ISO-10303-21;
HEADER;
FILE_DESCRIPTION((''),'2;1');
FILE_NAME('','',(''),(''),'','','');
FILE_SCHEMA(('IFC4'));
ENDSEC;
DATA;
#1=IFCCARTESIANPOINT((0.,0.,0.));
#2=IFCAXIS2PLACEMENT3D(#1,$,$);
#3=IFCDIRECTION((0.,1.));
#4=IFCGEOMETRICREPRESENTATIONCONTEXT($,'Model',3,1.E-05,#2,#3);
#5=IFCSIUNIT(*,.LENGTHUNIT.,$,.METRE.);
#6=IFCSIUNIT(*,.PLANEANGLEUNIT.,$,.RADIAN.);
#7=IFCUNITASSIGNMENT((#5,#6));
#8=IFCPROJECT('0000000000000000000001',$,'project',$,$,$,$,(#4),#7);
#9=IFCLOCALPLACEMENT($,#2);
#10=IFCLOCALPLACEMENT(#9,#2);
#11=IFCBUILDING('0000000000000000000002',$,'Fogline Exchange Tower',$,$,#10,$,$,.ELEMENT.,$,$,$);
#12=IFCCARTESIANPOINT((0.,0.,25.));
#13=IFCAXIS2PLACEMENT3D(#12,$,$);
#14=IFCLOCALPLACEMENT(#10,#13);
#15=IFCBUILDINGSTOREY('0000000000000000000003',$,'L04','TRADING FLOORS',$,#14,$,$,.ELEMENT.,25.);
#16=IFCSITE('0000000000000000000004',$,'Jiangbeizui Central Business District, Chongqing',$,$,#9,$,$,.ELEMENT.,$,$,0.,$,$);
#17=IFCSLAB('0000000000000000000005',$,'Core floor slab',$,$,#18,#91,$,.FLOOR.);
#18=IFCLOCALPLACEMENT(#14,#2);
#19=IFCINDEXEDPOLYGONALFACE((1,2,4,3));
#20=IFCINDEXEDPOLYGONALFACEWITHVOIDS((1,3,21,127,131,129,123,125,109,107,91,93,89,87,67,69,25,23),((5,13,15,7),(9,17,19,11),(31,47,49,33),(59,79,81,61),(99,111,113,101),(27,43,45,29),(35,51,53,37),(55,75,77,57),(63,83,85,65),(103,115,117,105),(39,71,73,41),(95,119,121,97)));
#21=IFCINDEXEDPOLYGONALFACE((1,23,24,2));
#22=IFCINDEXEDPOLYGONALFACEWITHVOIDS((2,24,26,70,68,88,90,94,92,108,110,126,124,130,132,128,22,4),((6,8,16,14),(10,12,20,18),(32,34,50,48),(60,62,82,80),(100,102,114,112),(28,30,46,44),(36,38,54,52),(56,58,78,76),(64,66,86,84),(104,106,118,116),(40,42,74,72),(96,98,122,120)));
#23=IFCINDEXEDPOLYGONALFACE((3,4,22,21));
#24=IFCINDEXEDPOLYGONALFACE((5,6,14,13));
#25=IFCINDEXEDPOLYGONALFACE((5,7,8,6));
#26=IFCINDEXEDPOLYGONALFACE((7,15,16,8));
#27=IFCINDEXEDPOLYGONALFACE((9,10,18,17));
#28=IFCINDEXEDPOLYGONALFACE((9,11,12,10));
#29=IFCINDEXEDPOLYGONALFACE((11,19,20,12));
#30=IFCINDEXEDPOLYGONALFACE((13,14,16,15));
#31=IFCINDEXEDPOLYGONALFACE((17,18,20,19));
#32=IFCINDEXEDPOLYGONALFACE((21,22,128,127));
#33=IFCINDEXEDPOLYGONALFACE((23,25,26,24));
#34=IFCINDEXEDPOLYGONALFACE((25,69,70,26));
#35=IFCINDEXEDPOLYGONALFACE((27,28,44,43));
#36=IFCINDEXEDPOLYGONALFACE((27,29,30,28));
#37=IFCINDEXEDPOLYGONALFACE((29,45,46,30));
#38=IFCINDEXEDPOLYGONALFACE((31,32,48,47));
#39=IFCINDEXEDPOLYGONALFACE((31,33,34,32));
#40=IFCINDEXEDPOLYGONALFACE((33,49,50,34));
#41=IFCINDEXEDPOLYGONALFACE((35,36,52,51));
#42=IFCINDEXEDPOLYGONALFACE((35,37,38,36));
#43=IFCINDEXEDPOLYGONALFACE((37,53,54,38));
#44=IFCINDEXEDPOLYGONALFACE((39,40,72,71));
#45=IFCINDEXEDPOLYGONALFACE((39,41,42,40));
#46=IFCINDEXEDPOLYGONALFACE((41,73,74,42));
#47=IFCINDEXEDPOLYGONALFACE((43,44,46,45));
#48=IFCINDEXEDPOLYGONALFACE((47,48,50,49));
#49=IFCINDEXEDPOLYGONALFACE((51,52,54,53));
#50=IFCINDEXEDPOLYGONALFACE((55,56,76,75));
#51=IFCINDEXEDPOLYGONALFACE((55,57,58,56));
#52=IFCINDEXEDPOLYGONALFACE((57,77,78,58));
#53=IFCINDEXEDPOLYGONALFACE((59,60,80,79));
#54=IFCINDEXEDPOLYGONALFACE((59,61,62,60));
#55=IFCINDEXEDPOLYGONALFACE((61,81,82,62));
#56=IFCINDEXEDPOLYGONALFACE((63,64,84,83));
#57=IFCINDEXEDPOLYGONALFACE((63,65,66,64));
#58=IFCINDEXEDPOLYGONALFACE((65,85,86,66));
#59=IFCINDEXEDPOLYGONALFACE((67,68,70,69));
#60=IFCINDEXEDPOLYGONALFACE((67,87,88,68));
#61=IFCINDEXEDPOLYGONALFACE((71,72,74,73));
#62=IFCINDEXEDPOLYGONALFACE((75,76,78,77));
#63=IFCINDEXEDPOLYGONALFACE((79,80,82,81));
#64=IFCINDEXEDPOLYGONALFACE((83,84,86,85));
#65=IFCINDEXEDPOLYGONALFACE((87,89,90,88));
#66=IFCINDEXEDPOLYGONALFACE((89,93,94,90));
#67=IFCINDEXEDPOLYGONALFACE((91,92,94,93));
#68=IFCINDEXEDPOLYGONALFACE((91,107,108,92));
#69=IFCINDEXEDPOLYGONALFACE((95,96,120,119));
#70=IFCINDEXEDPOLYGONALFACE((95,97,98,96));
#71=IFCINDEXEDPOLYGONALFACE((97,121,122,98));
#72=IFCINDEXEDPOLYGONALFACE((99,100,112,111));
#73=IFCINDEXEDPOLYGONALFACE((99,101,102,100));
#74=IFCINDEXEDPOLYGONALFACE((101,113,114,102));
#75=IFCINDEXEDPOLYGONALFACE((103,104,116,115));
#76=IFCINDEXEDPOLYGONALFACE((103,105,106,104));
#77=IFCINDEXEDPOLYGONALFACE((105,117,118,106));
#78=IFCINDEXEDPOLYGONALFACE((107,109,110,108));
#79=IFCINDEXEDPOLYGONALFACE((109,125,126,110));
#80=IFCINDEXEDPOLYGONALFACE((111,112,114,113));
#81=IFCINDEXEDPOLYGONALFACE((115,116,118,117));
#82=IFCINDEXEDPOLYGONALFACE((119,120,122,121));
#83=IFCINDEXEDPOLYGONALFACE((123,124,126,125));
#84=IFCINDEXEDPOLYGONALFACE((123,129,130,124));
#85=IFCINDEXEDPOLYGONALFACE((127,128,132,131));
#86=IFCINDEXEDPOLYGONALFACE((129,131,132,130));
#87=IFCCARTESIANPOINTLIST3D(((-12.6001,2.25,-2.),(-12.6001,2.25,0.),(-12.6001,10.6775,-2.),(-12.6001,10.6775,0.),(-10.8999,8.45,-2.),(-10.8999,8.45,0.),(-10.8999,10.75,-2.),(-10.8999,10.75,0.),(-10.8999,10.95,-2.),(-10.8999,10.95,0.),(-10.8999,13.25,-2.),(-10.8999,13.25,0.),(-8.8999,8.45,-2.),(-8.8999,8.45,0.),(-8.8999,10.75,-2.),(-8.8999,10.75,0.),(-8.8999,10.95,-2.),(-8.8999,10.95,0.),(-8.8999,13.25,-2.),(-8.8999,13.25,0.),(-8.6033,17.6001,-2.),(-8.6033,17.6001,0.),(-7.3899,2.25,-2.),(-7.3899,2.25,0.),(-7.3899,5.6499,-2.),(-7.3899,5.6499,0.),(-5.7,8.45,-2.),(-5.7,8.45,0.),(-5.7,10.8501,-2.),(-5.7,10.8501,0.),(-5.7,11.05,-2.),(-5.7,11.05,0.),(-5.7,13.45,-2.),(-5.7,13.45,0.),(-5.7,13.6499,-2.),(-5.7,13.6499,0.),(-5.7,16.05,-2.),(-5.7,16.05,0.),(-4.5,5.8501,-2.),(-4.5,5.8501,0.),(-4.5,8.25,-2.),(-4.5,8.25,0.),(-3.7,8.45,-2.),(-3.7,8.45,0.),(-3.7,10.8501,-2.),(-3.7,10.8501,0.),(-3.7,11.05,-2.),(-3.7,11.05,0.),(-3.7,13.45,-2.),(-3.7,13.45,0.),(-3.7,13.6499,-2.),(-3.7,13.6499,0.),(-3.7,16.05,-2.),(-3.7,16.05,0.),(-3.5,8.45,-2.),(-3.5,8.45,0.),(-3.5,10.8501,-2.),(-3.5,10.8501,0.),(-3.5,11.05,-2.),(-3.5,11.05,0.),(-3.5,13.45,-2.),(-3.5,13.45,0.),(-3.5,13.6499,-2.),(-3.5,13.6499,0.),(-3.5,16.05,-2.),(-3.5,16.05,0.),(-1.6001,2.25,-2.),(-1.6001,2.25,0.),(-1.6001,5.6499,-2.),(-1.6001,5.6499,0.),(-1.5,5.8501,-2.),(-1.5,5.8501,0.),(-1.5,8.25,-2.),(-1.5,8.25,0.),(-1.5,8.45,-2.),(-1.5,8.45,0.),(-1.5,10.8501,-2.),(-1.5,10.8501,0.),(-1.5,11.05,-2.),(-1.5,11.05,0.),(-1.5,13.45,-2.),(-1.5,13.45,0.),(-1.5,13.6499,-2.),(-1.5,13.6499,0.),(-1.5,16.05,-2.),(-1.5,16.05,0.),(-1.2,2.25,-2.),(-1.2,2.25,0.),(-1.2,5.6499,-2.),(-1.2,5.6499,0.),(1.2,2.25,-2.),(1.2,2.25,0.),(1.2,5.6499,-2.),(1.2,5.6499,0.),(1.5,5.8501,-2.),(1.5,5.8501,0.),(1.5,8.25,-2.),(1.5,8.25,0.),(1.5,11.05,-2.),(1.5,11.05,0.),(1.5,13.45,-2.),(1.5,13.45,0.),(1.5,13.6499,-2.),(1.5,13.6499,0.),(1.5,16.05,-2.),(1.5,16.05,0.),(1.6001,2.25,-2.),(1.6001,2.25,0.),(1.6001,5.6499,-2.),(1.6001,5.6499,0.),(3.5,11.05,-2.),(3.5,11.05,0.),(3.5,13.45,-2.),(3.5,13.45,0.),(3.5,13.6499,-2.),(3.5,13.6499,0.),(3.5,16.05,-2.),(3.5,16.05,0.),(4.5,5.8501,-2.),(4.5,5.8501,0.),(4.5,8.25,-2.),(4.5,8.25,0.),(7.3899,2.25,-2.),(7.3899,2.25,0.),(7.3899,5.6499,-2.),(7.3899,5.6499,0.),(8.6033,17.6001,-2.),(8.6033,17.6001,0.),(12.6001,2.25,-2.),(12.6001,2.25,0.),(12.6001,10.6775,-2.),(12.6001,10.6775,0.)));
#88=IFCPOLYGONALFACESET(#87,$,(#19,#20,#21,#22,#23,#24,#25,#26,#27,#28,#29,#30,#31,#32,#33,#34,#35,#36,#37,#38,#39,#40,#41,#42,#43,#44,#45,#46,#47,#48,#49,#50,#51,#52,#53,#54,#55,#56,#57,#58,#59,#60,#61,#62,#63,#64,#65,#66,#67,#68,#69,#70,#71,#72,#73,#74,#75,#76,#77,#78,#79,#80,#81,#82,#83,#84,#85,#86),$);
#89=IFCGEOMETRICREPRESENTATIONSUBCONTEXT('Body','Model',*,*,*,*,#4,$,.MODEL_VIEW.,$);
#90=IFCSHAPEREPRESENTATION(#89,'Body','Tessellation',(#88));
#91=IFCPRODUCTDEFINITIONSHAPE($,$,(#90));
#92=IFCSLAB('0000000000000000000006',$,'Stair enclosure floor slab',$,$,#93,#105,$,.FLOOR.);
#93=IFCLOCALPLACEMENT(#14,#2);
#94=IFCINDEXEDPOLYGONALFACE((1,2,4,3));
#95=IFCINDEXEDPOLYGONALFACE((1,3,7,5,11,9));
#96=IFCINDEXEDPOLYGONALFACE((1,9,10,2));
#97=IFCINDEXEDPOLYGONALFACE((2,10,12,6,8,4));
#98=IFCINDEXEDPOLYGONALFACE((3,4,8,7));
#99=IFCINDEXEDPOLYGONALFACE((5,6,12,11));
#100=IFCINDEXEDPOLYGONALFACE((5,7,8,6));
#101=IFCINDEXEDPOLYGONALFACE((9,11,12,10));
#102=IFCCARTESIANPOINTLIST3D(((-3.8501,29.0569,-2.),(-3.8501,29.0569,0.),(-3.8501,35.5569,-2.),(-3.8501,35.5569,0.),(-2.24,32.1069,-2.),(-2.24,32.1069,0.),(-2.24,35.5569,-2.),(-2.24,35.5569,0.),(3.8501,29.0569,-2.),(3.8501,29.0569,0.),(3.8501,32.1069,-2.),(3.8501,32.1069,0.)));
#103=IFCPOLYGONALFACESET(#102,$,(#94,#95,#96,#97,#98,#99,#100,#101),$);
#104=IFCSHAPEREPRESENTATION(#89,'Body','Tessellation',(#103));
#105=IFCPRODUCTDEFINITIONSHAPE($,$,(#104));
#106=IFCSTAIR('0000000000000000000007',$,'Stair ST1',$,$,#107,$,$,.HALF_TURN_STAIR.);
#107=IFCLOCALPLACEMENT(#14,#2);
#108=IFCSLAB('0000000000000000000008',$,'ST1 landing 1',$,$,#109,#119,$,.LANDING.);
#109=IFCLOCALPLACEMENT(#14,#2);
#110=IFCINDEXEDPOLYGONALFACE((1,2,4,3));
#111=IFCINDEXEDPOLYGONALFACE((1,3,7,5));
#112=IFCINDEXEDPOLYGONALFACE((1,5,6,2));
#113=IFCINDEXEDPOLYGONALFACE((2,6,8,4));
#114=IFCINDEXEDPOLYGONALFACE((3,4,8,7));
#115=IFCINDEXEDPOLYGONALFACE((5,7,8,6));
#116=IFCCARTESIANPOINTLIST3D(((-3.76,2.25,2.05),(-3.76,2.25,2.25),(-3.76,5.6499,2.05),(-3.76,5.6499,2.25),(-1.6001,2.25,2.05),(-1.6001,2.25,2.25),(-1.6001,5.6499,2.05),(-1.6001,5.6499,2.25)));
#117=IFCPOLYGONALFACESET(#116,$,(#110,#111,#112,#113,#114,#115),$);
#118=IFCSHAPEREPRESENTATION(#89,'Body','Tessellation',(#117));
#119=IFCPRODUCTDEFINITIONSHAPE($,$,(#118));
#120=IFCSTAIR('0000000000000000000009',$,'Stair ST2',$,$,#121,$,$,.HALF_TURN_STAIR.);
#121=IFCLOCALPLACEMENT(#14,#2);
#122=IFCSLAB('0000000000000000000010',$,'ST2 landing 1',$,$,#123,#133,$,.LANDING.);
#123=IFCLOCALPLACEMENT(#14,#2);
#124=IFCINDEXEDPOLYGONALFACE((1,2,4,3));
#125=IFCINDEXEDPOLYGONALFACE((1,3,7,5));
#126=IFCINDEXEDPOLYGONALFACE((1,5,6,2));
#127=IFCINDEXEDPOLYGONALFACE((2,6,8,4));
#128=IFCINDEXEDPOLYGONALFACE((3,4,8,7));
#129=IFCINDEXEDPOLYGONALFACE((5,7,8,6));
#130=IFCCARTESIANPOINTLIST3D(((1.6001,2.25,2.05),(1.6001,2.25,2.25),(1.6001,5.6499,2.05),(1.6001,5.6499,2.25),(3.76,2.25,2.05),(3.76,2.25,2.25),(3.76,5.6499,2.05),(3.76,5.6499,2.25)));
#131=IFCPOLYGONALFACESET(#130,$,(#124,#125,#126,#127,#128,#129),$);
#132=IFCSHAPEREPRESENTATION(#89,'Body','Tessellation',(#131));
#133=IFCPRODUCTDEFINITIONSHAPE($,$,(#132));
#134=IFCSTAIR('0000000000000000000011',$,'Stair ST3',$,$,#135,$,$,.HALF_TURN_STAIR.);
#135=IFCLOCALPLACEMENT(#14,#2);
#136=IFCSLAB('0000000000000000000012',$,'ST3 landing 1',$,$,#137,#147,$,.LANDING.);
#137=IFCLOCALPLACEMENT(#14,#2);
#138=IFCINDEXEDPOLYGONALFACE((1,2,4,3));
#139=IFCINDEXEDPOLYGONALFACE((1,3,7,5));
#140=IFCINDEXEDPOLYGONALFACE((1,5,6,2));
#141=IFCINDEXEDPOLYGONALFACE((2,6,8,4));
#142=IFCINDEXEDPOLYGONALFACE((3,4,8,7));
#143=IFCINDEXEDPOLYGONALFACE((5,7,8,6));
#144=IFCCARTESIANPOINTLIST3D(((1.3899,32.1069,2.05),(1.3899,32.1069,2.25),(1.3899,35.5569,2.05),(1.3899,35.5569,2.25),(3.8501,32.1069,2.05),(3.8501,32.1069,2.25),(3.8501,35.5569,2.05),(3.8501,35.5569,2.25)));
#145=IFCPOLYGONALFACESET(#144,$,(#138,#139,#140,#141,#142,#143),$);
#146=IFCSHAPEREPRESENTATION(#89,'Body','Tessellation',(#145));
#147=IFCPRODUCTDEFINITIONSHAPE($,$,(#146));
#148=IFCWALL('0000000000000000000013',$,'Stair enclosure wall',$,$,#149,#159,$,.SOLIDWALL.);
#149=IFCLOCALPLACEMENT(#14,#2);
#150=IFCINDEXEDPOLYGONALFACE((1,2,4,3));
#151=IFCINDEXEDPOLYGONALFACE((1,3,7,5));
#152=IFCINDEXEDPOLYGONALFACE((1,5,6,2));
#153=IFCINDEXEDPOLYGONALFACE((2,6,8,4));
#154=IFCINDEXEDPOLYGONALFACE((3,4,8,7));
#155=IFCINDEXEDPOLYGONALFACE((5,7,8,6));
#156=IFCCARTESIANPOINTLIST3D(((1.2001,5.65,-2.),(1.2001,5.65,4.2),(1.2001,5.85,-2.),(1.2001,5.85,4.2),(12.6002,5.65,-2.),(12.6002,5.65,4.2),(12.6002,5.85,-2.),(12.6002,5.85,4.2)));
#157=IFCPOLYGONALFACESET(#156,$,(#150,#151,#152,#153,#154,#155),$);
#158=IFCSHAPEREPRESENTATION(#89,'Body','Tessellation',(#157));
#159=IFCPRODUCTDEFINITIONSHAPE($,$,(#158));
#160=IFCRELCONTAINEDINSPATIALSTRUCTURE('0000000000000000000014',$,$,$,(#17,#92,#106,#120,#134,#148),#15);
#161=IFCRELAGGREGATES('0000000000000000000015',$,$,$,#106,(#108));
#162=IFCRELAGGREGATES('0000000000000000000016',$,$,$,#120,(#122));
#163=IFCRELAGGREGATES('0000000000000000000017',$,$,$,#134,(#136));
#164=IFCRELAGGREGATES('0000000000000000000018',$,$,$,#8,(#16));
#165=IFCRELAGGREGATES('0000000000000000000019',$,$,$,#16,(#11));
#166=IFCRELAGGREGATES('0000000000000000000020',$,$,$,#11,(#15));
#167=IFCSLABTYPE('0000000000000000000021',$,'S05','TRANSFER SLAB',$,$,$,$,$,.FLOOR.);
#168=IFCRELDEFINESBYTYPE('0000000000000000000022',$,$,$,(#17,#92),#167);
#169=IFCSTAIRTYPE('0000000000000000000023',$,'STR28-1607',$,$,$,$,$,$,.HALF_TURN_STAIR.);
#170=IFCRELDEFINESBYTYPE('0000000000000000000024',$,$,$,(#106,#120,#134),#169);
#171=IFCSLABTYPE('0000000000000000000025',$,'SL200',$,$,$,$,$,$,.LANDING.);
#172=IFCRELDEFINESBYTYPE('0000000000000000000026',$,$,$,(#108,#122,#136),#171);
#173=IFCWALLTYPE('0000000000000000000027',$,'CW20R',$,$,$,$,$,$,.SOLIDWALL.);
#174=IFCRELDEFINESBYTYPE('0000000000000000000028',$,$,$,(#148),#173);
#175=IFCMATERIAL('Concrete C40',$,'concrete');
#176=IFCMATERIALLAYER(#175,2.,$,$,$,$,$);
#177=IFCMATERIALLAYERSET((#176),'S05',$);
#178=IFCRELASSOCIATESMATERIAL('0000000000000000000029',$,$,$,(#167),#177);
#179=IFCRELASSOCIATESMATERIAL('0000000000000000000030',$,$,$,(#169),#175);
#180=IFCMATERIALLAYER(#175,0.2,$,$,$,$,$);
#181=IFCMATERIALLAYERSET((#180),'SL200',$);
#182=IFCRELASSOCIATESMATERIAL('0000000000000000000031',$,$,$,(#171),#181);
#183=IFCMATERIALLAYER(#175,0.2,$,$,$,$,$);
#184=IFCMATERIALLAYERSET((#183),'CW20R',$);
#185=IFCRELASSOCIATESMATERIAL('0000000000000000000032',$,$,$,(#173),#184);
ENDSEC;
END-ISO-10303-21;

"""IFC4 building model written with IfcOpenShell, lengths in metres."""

from ifc_helpers import new_model, si_unit, direction, frame, frame_2d, origin, place, context, subcontext, project, spatial, polyline, rectangle, outline, extrude, material, layer, layer_set, type_object, element, aggregate, save


model = new_model("IFC4")

# Units and contexts
model_context = context("Model", 3, precision=1e-05, world=origin(), true_north=direction((0.0, 1.0)))
body_context = subcontext(model_context, "Body", "Model", "MODEL_VIEW")
ifc_project = project(units=[si_unit("LENGTHUNIT", "METRE"), si_unit("PLANEANGLEUNIT", "RADIAN")], contexts=[model_context])

# Site, building, storey
site_placement = place(None, origin())
site = spatial("IfcSite", under=ifc_project, at=site_placement, Name="Jiangbeizui Central Business District, Chongqing", CompositionType="ELEMENT", RefElevation=0.0)
building_placement = place(site_placement, origin())
building = spatial("IfcBuilding", under=site, at=building_placement, Name="Fogline Exchange Tower", CompositionType="ELEMENT")
storey_placement = place(building_placement, frame((0.0, 0.0, 25.0)))
storey = spatial("IfcBuildingStorey", under=building, at=storey_placement, Name="L04", Description="TRADING FLOORS", CompositionType="ELEMENT", Elevation=25.0)

# Shared definitions
ifc_material_1 = material(Name="Concrete C40", Category="concrete")

# Slabs
ifc_layer_1 = layer(ifc_material_1, 2.0)
ifc_layer_set_1 = layer_set([ifc_layer_1], Name="S05")
slab_type_1 = type_object("IfcSlabType", Name="S05", Description="TRANSFER SLAB", PredefinedType="FLOOR", material=ifc_layer_set_1)
slab_1_placement = place(storey_placement, frame((0.0, 0.0, -2.0)))
element("IfcSlab", 1, at=slab_1_placement, inside=storey, type_object=slab_type_1, Name="Core floor slab", PredefinedType="FLOOR", context=body_context, shape_type="SweptSolid", body=[
    extrude(outline(polyline([(-12.6001, 2.25), (-12.6001, 10.6775), (-8.6033, 17.6001), (8.6033, 17.6001), (12.6001, 10.6775), (12.6001, 2.25), (7.3899, 2.25), (7.3899, 5.6499), (1.6001, 5.6499), (1.6001, 2.25), (1.2, 2.25), (1.2, 5.6499), (-1.2, 5.6499), (-1.2, 2.25), (-1.6001, 2.25), (-1.6001, 5.6499), (-7.3899, 5.6499), (-7.3899, 2.25), (-12.6001, 2.25)]), holes=[polyline([(-1.5, 8.25), (-4.5, 8.25), (-4.5, 5.8501), (-1.5, 5.8501), (-1.5, 8.25)]), polyline([(-8.8999, 10.75), (-10.8999, 10.75), (-10.8999, 8.45), (-8.8999, 8.45), (-8.8999, 10.75)]), polyline([(-3.7, 10.8501), (-5.7, 10.8501), (-5.7, 8.45), (-3.7, 8.45), (-3.7, 10.8501)]), polyline([(-1.5, 10.8501), (-3.5, 10.8501), (-3.5, 8.45), (-1.5, 8.45), (-1.5, 10.8501)]), polyline([(-8.8999, 13.25), (-10.8999, 13.25), (-10.8999, 10.95), (-8.8999, 10.95), (-8.8999, 13.25)]), polyline([(-3.7, 13.45), (-5.7, 13.45), (-5.7, 11.05), (-3.7, 11.05), (-3.7, 13.45)]), polyline([(-3.7, 16.05), (-5.7, 16.05), (-5.7, 13.6499), (-3.7, 13.6499), (-3.7, 16.05)]), polyline([(4.5, 8.25), (1.5, 8.25), (1.5, 5.8501), (4.5, 5.8501), (4.5, 8.25)]), polyline([(-1.5, 13.45), (-3.5, 13.45), (-3.5, 11.05), (-1.5, 11.05), (-1.5, 13.45)]), polyline([(3.5, 13.45), (1.5, 13.45), (1.5, 11.05), (3.5, 11.05), (3.5, 13.45)]), polyline([(-1.5, 16.05), (-3.5, 16.05), (-3.5, 13.6499), (-1.5, 13.6499), (-1.5, 16.05)]), polyline([(3.5, 16.05), (1.5, 16.05), (1.5, 13.6499), (3.5, 13.6499), (3.5, 16.05)])]), origin(), (0.0, 0.0, 1.0), 2.0),
])
slab_2_placement = place(storey_placement, frame((0.0, 0.0, -2.0)))
element("IfcSlab", 2, at=slab_2_placement, inside=storey, type_object=slab_type_1, Name="Stair enclosure floor slab", PredefinedType="FLOOR", context=body_context, shape_type="SweptSolid", body=[
    extrude(outline(polyline([(3.8501, 29.0569), (-3.8501, 29.0569), (-3.8501, 35.5569), (-2.24, 35.5569), (-2.24, 32.1069), (3.8501, 32.1069), (3.8501, 29.0569)])), origin(), (0.0, 0.0, 1.0), 2.0),
])

# Stairs, slabs
stair_type = type_object("IfcStairType", Name="STR28-1607", PredefinedType="HALF_TURN_STAIR", material=ifc_material_1)
stair_1_placement = place(storey_placement, origin())
stair_1 = element("IfcStair", 3, at=stair_1_placement, inside=storey, type_object=stair_type, Name="Stair ST1", PredefinedType="HALF_TURN_STAIR")
ifc_layer_2 = layer(ifc_material_1, 0.2)
ifc_layer_set_2 = layer_set([ifc_layer_2], Name="SL200")
slab_type_2 = type_object("IfcSlabType", Name="SL200", PredefinedType="LANDING", material=ifc_layer_set_2)
slab_3_placement = place(storey_placement, frame((0.0, 0.0, 2.05)))
slab_3 = element("IfcSlab", 4, at=slab_3_placement, type_object=slab_type_2, Name="ST1 landing 1", PredefinedType="LANDING", context=body_context, shape_type="SweptSolid", body=[
    extrude(outline(polyline([(-3.76, 2.25), (-1.6001, 2.25), (-1.6001, 5.6499), (-3.76, 5.6499), (-3.76, 2.25)])), origin(), (0.0, 0.0, 1.0), 0.2),
])
aggregate(stair_1, [slab_3])
stair_2_placement = place(storey_placement, origin())
stair_2 = element("IfcStair", 5, at=stair_2_placement, inside=storey, type_object=stair_type, Name="Stair ST2", PredefinedType="HALF_TURN_STAIR")
slab_4_placement = place(storey_placement, frame((0.0, 0.0, 2.05)))
slab_4 = element("IfcSlab", 6, at=slab_4_placement, type_object=slab_type_2, Name="ST2 landing 1", PredefinedType="LANDING", context=body_context, shape_type="SweptSolid", body=[
    extrude(outline(polyline([(1.6001, 2.25), (3.76, 2.25), (3.76, 5.6499), (1.6001, 5.6499), (1.6001, 2.25)])), origin(), (0.0, 0.0, 1.0), 0.2),
])
aggregate(stair_2, [slab_4])
stair_3_placement = place(storey_placement, origin())
stair_3 = element("IfcStair", 7, at=stair_3_placement, inside=storey, type_object=stair_type, Name="Stair ST3", PredefinedType="HALF_TURN_STAIR")
slab_5_placement = place(storey_placement, frame((0.0, 0.0, 2.05)))
slab_5 = element("IfcSlab", 8, at=slab_5_placement, type_object=slab_type_2, Name="ST3 landing 1", PredefinedType="LANDING", context=body_context, shape_type="SweptSolid", body=[
    extrude(outline(polyline([(1.3899, 32.1069), (3.8501, 32.1069), (3.8501, 35.5569), (1.3899, 35.5569), (1.3899, 32.1069)])), origin(), (0.0, 0.0, 1.0), 0.2),
])
aggregate(stair_3, [slab_5])

# Wall
ifc_layer_3 = layer(ifc_material_1, 0.2)
ifc_layer_set_3 = layer_set([ifc_layer_3], Name="CW20R")
wall_type_1 = type_object("IfcWallType", Name="CW20R", PredefinedType="SOLIDWALL", material=ifc_layer_set_3)
wall_1_placement = place(storey_placement, frame((1.2, 5.75, -2.0), z_axis=(0.0, 0.0, 1.0), x_axis=(1.0, 0.0, 0.0)))
element("IfcWall", 9, at=wall_1_placement, inside=storey, type_object=wall_type_1, Name="Stair enclosure wall", PredefinedType="SOLIDWALL", context=body_context, shape_type="SweptSolid", body=[
    extrude(rectangle(XDim=11.4001, YDim=0.2, at=frame_2d((5.7002, 0.0))), origin(), (0.0, 0.0, 1.0), 6.2),
])

save(model, "model.ifc")
